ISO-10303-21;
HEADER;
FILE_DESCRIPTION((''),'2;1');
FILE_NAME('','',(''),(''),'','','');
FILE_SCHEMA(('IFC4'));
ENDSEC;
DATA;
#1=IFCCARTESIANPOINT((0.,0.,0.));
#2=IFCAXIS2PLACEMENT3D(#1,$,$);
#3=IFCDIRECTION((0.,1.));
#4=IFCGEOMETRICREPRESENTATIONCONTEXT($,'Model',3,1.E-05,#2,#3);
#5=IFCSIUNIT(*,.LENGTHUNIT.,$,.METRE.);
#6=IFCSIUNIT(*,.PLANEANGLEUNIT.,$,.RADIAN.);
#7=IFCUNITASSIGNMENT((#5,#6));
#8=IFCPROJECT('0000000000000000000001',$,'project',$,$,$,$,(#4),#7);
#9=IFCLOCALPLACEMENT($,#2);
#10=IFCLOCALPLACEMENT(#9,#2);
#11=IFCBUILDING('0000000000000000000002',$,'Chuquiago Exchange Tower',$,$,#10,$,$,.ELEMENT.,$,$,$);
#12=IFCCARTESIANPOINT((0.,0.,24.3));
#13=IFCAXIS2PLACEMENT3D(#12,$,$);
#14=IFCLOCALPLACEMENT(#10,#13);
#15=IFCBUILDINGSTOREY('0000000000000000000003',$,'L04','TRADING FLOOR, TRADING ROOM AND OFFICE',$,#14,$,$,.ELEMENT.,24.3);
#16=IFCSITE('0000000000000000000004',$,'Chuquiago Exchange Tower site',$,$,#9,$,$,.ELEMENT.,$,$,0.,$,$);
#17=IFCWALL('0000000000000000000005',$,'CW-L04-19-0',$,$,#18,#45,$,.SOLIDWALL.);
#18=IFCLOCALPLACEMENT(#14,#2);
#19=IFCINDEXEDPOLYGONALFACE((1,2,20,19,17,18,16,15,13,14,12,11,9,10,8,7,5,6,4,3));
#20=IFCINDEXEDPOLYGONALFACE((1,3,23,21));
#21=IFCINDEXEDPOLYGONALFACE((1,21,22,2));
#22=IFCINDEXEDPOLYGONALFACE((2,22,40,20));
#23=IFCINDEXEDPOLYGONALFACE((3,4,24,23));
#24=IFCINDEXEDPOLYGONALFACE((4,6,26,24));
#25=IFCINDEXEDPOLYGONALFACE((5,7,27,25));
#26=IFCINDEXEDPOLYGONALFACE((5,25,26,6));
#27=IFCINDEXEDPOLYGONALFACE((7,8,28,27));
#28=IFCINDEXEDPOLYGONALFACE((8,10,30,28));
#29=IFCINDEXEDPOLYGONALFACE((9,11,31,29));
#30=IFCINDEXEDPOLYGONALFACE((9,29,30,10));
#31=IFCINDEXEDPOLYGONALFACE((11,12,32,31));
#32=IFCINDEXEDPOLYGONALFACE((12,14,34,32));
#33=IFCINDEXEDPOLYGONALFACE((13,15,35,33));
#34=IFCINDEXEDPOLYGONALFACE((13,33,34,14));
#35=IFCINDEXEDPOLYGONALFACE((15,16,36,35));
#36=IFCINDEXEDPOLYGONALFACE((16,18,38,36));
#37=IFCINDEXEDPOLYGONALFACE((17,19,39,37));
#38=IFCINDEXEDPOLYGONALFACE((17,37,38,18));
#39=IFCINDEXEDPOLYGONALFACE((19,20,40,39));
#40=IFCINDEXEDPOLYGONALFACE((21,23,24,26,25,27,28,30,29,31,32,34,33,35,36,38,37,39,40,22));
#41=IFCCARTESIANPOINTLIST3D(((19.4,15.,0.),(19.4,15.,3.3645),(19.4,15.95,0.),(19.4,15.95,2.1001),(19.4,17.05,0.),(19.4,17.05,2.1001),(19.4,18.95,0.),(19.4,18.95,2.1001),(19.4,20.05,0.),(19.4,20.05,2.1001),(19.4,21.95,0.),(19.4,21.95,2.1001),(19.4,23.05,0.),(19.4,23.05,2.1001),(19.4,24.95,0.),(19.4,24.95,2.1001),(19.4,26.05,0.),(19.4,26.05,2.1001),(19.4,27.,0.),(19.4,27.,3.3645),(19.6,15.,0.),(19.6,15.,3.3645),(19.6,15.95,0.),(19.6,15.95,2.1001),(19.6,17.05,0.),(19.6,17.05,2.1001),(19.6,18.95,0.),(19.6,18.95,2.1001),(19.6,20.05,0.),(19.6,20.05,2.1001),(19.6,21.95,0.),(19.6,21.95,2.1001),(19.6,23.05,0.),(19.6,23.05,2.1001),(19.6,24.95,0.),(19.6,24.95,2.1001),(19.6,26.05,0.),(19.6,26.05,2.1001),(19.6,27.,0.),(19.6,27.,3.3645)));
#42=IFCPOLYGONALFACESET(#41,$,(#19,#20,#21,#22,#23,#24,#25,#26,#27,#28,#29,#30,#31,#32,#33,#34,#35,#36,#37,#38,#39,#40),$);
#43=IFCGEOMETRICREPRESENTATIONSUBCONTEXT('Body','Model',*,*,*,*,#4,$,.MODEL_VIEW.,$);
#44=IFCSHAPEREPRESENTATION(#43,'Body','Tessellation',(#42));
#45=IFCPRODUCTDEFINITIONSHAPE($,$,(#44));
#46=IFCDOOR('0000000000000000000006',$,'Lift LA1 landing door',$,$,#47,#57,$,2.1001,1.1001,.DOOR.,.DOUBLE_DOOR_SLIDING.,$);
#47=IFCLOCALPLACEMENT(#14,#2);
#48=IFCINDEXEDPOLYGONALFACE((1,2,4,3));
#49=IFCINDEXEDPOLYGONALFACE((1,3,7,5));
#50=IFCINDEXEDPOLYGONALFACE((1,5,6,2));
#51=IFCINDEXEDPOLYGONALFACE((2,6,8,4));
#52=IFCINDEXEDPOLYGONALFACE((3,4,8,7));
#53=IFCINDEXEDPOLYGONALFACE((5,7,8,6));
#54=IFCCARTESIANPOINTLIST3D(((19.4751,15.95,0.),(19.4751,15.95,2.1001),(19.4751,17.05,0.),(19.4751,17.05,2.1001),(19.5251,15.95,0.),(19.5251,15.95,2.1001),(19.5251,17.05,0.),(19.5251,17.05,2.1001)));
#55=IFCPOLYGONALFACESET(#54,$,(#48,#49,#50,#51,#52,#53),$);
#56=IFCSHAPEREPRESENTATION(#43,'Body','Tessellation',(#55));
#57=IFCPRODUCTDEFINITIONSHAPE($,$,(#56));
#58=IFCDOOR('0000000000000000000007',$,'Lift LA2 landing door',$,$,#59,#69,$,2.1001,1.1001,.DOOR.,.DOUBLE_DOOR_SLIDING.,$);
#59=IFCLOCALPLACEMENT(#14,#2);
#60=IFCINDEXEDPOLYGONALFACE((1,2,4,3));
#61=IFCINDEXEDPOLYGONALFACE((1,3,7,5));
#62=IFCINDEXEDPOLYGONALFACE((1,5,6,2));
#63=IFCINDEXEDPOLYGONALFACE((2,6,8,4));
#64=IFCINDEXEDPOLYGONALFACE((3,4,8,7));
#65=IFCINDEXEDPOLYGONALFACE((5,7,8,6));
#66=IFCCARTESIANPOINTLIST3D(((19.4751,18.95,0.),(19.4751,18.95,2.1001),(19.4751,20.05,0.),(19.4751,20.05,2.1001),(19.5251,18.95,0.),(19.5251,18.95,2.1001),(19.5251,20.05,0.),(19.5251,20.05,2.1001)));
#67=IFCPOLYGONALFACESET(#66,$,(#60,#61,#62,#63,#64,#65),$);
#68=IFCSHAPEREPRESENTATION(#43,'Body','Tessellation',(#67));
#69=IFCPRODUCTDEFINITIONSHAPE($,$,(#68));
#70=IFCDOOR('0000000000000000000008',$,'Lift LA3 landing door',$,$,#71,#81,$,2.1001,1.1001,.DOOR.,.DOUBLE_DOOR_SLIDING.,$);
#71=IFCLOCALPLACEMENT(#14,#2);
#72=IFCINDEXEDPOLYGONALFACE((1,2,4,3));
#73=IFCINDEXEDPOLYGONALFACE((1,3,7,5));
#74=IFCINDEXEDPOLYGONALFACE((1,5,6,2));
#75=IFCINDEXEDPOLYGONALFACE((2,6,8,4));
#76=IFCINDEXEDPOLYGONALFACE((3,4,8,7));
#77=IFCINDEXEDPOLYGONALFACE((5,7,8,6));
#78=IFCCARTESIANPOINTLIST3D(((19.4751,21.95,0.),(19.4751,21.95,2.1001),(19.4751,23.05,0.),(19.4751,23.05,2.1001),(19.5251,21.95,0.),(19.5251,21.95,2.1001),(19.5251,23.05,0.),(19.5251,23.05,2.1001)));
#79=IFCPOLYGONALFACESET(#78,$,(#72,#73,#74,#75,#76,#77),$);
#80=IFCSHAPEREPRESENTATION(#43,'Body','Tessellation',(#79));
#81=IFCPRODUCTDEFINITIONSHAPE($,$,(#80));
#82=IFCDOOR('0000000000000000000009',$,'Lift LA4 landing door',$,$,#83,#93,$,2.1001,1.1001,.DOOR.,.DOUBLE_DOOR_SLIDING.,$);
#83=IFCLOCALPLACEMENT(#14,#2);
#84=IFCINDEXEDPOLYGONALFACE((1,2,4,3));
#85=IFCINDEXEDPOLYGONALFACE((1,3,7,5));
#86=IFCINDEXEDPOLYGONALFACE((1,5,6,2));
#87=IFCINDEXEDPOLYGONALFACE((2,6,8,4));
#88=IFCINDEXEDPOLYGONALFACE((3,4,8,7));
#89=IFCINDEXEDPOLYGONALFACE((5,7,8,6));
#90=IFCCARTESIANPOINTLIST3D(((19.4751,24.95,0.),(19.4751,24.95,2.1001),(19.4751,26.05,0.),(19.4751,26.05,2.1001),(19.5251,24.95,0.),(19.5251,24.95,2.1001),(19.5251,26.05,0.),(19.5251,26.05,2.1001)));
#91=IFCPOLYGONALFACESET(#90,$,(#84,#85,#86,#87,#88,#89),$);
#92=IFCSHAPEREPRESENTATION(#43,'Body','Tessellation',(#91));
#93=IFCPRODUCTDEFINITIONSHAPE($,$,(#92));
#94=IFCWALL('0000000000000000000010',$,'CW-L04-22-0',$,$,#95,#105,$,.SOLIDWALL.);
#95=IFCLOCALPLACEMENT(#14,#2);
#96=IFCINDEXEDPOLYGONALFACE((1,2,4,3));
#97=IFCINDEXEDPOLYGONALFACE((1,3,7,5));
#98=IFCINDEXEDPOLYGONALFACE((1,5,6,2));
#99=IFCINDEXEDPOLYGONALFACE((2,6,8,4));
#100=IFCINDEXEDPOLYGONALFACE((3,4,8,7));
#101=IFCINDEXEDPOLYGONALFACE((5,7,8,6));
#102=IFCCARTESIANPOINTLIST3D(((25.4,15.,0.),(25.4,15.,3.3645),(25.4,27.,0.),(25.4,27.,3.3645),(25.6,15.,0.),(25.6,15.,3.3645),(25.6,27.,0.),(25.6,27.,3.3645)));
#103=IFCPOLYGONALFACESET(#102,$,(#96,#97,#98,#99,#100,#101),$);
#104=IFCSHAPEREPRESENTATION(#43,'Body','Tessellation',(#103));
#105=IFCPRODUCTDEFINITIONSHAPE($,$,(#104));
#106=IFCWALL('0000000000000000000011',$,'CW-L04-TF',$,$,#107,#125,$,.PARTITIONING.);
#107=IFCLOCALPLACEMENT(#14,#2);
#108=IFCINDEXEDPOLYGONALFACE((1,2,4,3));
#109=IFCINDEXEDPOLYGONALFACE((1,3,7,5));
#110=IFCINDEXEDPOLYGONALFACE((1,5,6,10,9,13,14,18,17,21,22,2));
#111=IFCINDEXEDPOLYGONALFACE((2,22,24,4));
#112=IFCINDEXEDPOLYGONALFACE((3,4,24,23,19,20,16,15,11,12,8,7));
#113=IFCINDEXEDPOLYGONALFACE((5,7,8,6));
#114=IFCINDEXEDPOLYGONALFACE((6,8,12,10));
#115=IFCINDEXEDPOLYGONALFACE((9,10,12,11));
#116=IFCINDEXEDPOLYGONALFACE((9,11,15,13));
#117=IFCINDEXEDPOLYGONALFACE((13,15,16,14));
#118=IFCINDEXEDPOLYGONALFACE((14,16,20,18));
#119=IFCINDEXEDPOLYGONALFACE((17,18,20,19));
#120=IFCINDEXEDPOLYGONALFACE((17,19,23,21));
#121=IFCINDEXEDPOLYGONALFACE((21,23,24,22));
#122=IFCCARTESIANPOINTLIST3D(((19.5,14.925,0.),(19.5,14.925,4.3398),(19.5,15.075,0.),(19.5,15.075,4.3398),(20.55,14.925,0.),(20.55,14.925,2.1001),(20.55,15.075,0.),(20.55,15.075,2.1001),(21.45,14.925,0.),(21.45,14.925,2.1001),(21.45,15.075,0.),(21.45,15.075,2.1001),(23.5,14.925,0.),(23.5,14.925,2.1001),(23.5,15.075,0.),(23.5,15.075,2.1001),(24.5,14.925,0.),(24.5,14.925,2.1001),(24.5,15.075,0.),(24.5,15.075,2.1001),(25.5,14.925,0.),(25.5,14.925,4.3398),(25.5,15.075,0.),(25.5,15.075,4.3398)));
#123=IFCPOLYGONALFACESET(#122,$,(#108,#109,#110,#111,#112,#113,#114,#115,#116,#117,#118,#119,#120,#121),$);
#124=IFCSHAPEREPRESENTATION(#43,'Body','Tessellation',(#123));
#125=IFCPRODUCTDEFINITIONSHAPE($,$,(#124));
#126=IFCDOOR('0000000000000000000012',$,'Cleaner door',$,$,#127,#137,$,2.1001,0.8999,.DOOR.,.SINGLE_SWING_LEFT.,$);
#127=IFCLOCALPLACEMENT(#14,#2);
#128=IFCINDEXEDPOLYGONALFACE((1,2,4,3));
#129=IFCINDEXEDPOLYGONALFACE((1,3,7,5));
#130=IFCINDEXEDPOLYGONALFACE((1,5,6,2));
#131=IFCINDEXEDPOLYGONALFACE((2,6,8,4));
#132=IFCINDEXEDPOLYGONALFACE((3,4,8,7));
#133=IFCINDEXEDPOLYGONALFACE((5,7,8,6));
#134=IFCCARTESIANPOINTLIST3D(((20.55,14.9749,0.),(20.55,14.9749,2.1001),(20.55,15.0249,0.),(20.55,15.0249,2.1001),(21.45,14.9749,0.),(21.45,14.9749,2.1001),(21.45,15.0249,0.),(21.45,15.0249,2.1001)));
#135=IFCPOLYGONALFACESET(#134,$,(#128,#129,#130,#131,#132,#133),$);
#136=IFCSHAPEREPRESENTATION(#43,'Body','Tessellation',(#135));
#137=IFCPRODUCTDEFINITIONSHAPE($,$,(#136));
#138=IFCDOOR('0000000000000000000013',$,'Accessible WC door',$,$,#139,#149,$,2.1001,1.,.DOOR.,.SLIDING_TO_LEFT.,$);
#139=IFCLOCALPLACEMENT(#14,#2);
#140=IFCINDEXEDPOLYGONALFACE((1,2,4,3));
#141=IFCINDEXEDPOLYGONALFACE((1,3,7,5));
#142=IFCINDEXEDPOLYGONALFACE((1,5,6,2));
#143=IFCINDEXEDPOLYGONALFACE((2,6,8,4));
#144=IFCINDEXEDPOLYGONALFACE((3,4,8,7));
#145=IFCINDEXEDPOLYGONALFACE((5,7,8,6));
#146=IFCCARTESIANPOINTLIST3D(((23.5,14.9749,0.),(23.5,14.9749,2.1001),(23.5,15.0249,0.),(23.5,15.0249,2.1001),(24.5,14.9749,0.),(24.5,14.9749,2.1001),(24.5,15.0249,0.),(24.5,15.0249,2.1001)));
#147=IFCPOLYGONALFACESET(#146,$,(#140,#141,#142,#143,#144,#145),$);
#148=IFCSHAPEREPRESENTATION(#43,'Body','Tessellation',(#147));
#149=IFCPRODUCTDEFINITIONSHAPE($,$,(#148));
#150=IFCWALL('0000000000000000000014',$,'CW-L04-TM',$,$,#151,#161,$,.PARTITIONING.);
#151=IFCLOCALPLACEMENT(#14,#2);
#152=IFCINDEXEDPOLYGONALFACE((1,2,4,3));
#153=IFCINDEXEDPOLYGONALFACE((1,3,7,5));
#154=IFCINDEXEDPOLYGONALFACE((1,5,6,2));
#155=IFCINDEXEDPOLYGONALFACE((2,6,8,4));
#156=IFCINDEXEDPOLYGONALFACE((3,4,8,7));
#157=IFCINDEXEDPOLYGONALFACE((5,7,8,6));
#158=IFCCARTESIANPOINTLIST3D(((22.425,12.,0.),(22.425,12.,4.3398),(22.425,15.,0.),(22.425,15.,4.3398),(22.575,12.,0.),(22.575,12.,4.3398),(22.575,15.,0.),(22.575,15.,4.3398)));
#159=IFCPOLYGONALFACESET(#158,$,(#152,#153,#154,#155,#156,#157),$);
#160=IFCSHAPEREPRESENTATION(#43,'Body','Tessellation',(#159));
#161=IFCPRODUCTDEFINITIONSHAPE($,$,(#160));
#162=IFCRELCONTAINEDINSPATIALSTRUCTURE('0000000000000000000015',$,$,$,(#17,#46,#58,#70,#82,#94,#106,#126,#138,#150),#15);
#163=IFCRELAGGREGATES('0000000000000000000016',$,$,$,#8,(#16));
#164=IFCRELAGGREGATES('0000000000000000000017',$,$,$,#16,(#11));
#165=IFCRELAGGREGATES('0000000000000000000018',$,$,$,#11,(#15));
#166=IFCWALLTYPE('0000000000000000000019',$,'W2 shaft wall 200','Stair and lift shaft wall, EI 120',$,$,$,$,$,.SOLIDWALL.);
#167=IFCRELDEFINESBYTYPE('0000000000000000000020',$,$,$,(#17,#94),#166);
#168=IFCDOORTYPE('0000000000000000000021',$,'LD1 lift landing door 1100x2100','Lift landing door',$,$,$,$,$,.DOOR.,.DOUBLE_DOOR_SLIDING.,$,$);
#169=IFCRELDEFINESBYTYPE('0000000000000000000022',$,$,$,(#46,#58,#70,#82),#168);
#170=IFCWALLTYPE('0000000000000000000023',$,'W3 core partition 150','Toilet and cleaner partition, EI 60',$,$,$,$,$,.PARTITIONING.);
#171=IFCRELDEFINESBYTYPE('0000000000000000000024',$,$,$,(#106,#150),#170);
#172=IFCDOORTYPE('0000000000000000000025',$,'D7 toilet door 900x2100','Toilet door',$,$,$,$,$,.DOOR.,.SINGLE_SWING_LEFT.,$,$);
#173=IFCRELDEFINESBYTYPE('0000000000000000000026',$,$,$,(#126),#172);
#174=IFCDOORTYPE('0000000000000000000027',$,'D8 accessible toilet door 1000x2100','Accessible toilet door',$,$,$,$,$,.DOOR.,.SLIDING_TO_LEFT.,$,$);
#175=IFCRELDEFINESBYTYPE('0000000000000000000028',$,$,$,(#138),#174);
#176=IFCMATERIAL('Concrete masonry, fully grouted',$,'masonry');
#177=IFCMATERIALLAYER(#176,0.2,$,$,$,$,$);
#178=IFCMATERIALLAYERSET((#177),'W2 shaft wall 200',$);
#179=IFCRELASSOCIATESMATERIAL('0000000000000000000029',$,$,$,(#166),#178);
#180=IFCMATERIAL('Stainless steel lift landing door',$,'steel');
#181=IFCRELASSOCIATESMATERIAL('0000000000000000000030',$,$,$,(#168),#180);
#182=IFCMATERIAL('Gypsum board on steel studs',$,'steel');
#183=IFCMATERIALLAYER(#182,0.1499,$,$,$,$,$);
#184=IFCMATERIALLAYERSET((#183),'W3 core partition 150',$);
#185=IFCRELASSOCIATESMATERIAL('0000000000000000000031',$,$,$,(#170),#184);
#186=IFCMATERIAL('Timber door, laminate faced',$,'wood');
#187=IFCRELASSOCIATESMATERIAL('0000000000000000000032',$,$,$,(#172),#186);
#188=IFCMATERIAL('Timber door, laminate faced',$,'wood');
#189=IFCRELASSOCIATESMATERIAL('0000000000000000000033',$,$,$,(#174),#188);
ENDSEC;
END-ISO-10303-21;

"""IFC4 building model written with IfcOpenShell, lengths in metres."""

from ifc_helpers import new_model, si_unit, direction, frame, frame_2d, origin, place, context, subcontext, project, spatial, rectangle, extrude, material, layer, layer_set, type_object, element, fill, save


model = new_model("IFC4")

# Units and contexts
model_context = context("Model", 3, precision=1e-05, world=origin(), true_north=direction((0.0, 1.0)))
body_context = subcontext(model_context, "Body", "Model", "MODEL_VIEW")
ifc_project = project(units=[si_unit("LENGTHUNIT", "METRE"), si_unit("PLANEANGLEUNIT", "RADIAN")], contexts=[model_context])

# Site, building, storey
site_placement = place(None, origin())
site = spatial("IfcSite", under=ifc_project, at=site_placement, Name="Chuquiago Exchange Tower site", CompositionType="ELEMENT", RefElevation=0.0)
building_placement = place(site_placement, origin())
building = spatial("IfcBuilding", under=site, at=building_placement, Name="Chuquiago Exchange Tower", CompositionType="ELEMENT")
storey_placement = place(building_placement, frame((0.0, 0.0, 24.3)))
storey = spatial("IfcBuildingStorey", under=building, at=storey_placement, Name="L04", Description="TRADING FLOOR, TRADING ROOM AND OFFICE", CompositionType="ELEMENT", Elevation=24.3)

# Shared definitions
ifc_material_1 = material(Name="Concrete masonry, fully grouted", Category="masonry")
ifc_layer_1 = layer(ifc_material_1, 0.2)
ifc_layer_set_1 = layer_set([ifc_layer_1], Name="W2 shaft wall 200")
wall_type_1 = type_object("IfcWallType", Name="W2 shaft wall 200", Description="Stair and lift shaft wall, EI 120", PredefinedType="SOLIDWALL", material=ifc_layer_set_1)

# Wall, openings, doors
wall_1_placement = place(storey_placement, frame((19.5, 15.0, 0.0), z_axis=(0.0, 0.0, 1.0), x_axis=(0.0, 1.0, 0.0)))
wall_1 = element("IfcWall", 1, at=wall_1_placement, inside=storey, type_object=wall_type_1, Name="CW-L04-19-0", PredefinedType="SOLIDWALL", context=body_context, shape_type="SweptSolid", body=[
    extrude(rectangle(XDim=12.0, YDim=0.2, at=frame_2d((6.0, 0.0))), origin(), (0.0, 0.0, 1.0), 3.3645),
])
opening_1_placement = place(wall_1_placement, frame((0.95, 0.0, 0.0)))
opening_1 = element("IfcOpeningElement", 2, at=opening_1_placement, cuts=wall_1, PredefinedType="OPENING", context=body_context, shape_type="SweptSolid", body=[
    extrude(rectangle(XDim=1.1001, YDim=2.1001, at=frame_2d((0.55, 1.05))), frame((0.0, 0.1099, 0.0), z_axis=(0.0, -1.0, 0.0), x_axis=(1.0, 0.0, 0.0)), (0.0, 0.0, 1.0), 0.22),
])
opening_2_placement = place(wall_1_placement, frame((3.95, 0.0, 0.0)))
opening_2 = element("IfcOpeningElement", 3, at=opening_2_placement, cuts=wall_1, PredefinedType="OPENING", context=body_context, shape_type="SweptSolid", body=[
    extrude(rectangle(XDim=1.1001, YDim=2.1001, at=frame_2d((0.55, 1.05))), frame((0.0, 0.1099, 0.0), z_axis=(0.0, -1.0, 0.0), x_axis=(1.0, 0.0, 0.0)), (0.0, 0.0, 1.0), 0.22),
])
opening_3_placement = place(wall_1_placement, frame((6.95, 0.0, 0.0)))
opening_3 = element("IfcOpeningElement", 4, at=opening_3_placement, cuts=wall_1, PredefinedType="OPENING", context=body_context, shape_type="SweptSolid", body=[
    extrude(rectangle(XDim=1.1001, YDim=2.1001, at=frame_2d((0.55, 1.05))), frame((0.0, 0.1099, 0.0), z_axis=(0.0, -1.0, 0.0), x_axis=(1.0, 0.0, 0.0)), (0.0, 0.0, 1.0), 0.22),
])
opening_4_placement = place(wall_1_placement, frame((9.95, 0.0, 0.0)))
opening_4 = element("IfcOpeningElement", 5, at=opening_4_placement, cuts=wall_1, PredefinedType="OPENING", context=body_context, shape_type="SweptSolid", body=[
    extrude(rectangle(XDim=1.1001, YDim=2.1001, at=frame_2d((0.55, 1.05))), frame((0.0, 0.1099, 0.0), z_axis=(0.0, -1.0, 0.0), x_axis=(1.0, 0.0, 0.0)), (0.0, 0.0, 1.0), 0.22),
])
ifc_material_2 = material(Name="Stainless steel lift landing door", Category="steel")
door_type_1 = type_object("IfcDoorType", Name="LD1 lift landing door 1100x2100", Description="Lift landing door", OperationType="DOUBLE_DOOR_SLIDING", PredefinedType="DOOR", material=ifc_material_2)
door_1_placement = place(opening_1_placement, origin())
door_1 = element("IfcDoor", 6, at=door_1_placement, inside=storey, type_object=door_type_1, Name="Lift LA1 landing door", OperationType="DOUBLE_DOOR_SLIDING", OverallHeight=2.1001, OverallWidth=1.1001, PredefinedType="DOOR", context=body_context, shape_type="SweptSolid", body=[
    extrude(rectangle(XDim=1.1001, YDim=2.1001, at=frame_2d((0.55, 1.05))), frame((0.0, 0.0249, 0.0), z_axis=(0.0, -1.0, 0.0), x_axis=(1.0, 0.0, 0.0)), (0.0, 0.0, 1.0), 0.05),
])
fill(opening_1, door_1)
door_2_placement = place(opening_2_placement, origin())
door_2 = element("IfcDoor", 7, at=door_2_placement, inside=storey, type_object=door_type_1, Name="Lift LA2 landing door", OperationType="DOUBLE_DOOR_SLIDING", OverallHeight=2.1001, OverallWidth=1.1001, PredefinedType="DOOR", context=body_context, shape_type="SweptSolid", body=[
    extrude(rectangle(XDim=1.1001, YDim=2.1001, at=frame_2d((0.55, 1.05))), frame((0.0, 0.0249, 0.0), z_axis=(0.0, -1.0, 0.0), x_axis=(1.0, 0.0, 0.0)), (0.0, 0.0, 1.0), 0.05),
])
fill(opening_2, door_2)
door_3_placement = place(opening_3_placement, origin())
door_3 = element("IfcDoor", 8, at=door_3_placement, inside=storey, type_object=door_type_1, Name="Lift LA3 landing door", OperationType="DOUBLE_DOOR_SLIDING", OverallHeight=2.1001, OverallWidth=1.1001, PredefinedType="DOOR", context=body_context, shape_type="SweptSolid", body=[
    extrude(rectangle(XDim=1.1001, YDim=2.1001, at=frame_2d((0.55, 1.05))), frame((0.0, 0.0249, 0.0), z_axis=(0.0, -1.0, 0.0), x_axis=(1.0, 0.0, 0.0)), (0.0, 0.0, 1.0), 0.05),
])
fill(opening_3, door_3)
door_4_placement = place(opening_4_placement, origin())
door_4 = element("IfcDoor", 9, at=door_4_placement, inside=storey, type_object=door_type_1, Name="Lift LA4 landing door", OperationType="DOUBLE_DOOR_SLIDING", OverallHeight=2.1001, OverallWidth=1.1001, PredefinedType="DOOR", context=body_context, shape_type="SweptSolid", body=[
    extrude(rectangle(XDim=1.1001, YDim=2.1001, at=frame_2d((0.55, 1.05))), frame((0.0, 0.0249, 0.0), z_axis=(0.0, -1.0, 0.0), x_axis=(1.0, 0.0, 0.0)), (0.0, 0.0, 1.0), 0.05),
])
fill(opening_4, door_4)

# Wall
wall_2_placement = place(storey_placement, frame((25.5, 15.0, 0.0), z_axis=(0.0, 0.0, 1.0), x_axis=(0.0, 1.0, 0.0)))
element("IfcWall", 10, at=wall_2_placement, inside=storey, type_object=wall_type_1, Name="CW-L04-22-0", PredefinedType="SOLIDWALL", context=body_context, shape_type="SweptSolid", body=[
    extrude(rectangle(XDim=12.0, YDim=0.2, at=frame_2d((6.0, 0.0))), origin(), (0.0, 0.0, 1.0), 3.3645),
])

# Wall, openings, doors
ifc_material_3 = material(Name="Gypsum board on steel studs", Category="steel")
ifc_layer_2 = layer(ifc_material_3, 0.1499)
ifc_layer_set_2 = layer_set([ifc_layer_2], Name="W3 core partition 150")
wall_type_2 = type_object("IfcWallType", Name="W3 core partition 150", Description="Toilet and cleaner partition, EI 60", PredefinedType="PARTITIONING", material=ifc_layer_set_2)
wall_3_placement = place(storey_placement, frame((19.5, 15.0, 0.0), z_axis=(0.0, 0.0, 1.0), x_axis=(1.0, 0.0, 0.0)))
wall_3 = element("IfcWall", 11, at=wall_3_placement, inside=storey, type_object=wall_type_2, Name="CW-L04-TF", PredefinedType="PARTITIONING", context=body_context, shape_type="SweptSolid", body=[
    extrude(rectangle(XDim=6.0, YDim=0.1499, at=frame_2d((3.0, 0.0))), origin(), (0.0, 0.0, 1.0), 4.3398),
])
opening_5_placement = place(wall_3_placement, frame((4.0, 0.0, 0.0)))
opening_5 = element("IfcOpeningElement", 12, at=opening_5_placement, cuts=wall_3, PredefinedType="OPENING", context=body_context, shape_type="SweptSolid", body=[
    extrude(rectangle(XDim=1.0, YDim=2.1001, at=frame_2d((0.5, 1.05))), frame((0.0, 0.085, 0.0), z_axis=(0.0, -1.0, 0.0), x_axis=(1.0, 0.0, 0.0)), (0.0, 0.0, 1.0), 0.1699),
])
opening_6_placement = place(wall_3_placement, frame((1.05, 0.0, 0.0)))
opening_6 = element("IfcOpeningElement", 13, at=opening_6_placement, cuts=wall_3, PredefinedType="OPENING", context=body_context, shape_type="SweptSolid", body=[
    extrude(rectangle(XDim=0.8999, YDim=2.1001, at=frame_2d((0.45, 1.05))), frame((0.0, 0.085, 0.0), z_axis=(0.0, -1.0, 0.0), x_axis=(1.0, 0.0, 0.0)), (0.0, 0.0, 1.0), 0.1699),
])
ifc_material_4 = material(Name="Timber door, laminate faced", Category="wood")
door_type_2 = type_object("IfcDoorType", Name="D7 toilet door 900x2100", Description="Toilet door", OperationType="SINGLE_SWING_LEFT", PredefinedType="DOOR", material=ifc_material_4)
door_5_placement = place(opening_6_placement, origin())
door_5 = element("IfcDoor", 14, at=door_5_placement, inside=storey, type_object=door_type_2, Name="Cleaner door", OperationType="SINGLE_SWING_LEFT", OverallHeight=2.1001, OverallWidth=0.8999, PredefinedType="DOOR", context=body_context, shape_type="SweptSolid", body=[
    extrude(rectangle(XDim=0.8999, YDim=2.1001, at=frame_2d((0.45, 1.05))), frame((0.0, 0.0249, 0.0), z_axis=(0.0, -1.0, 0.0), x_axis=(1.0, 0.0, 0.0)), (0.0, 0.0, 1.0), 0.05),
])
fill(opening_6, door_5)
ifc_material_5 = material(Name="Timber door, laminate faced", Category="wood")
door_type_3 = type_object("IfcDoorType", Name="D8 accessible toilet door 1000x2100", Description="Accessible toilet door", OperationType="SLIDING_TO_LEFT", PredefinedType="DOOR", material=ifc_material_5)
door_6_placement = place(opening_5_placement, origin())
door_6 = element("IfcDoor", 15, at=door_6_placement, inside=storey, type_object=door_type_3, Name="Accessible WC door", OperationType="SLIDING_TO_LEFT", OverallHeight=2.1001, OverallWidth=1.0, PredefinedType="DOOR", context=body_context, shape_type="SweptSolid", body=[
    extrude(rectangle(XDim=1.0, YDim=2.1001, at=frame_2d((0.5, 1.05))), frame((0.0, 0.0249, 0.0), z_axis=(0.0, -1.0, 0.0), x_axis=(1.0, 0.0, 0.0)), (0.0, 0.0, 1.0), 0.05),
])
fill(opening_5, door_6)

# Wall
wall_4_placement = place(storey_placement, frame((22.5, 15.0, 0.0), z_axis=(0.0, 0.0, 1.0), x_axis=(0.0, -1.0, 0.0)))
element("IfcWall", 16, at=wall_4_placement, inside=storey, type_object=wall_type_2, Name="CW-L04-TM", PredefinedType="PARTITIONING", context=body_context, shape_type="SweptSolid", body=[
    extrude(rectangle(XDim=3.0, YDim=0.1499, at=frame_2d((1.5, 0.0))), origin(), (0.0, 0.0, 1.0), 4.3398),
])

save(model, "model.ifc")
